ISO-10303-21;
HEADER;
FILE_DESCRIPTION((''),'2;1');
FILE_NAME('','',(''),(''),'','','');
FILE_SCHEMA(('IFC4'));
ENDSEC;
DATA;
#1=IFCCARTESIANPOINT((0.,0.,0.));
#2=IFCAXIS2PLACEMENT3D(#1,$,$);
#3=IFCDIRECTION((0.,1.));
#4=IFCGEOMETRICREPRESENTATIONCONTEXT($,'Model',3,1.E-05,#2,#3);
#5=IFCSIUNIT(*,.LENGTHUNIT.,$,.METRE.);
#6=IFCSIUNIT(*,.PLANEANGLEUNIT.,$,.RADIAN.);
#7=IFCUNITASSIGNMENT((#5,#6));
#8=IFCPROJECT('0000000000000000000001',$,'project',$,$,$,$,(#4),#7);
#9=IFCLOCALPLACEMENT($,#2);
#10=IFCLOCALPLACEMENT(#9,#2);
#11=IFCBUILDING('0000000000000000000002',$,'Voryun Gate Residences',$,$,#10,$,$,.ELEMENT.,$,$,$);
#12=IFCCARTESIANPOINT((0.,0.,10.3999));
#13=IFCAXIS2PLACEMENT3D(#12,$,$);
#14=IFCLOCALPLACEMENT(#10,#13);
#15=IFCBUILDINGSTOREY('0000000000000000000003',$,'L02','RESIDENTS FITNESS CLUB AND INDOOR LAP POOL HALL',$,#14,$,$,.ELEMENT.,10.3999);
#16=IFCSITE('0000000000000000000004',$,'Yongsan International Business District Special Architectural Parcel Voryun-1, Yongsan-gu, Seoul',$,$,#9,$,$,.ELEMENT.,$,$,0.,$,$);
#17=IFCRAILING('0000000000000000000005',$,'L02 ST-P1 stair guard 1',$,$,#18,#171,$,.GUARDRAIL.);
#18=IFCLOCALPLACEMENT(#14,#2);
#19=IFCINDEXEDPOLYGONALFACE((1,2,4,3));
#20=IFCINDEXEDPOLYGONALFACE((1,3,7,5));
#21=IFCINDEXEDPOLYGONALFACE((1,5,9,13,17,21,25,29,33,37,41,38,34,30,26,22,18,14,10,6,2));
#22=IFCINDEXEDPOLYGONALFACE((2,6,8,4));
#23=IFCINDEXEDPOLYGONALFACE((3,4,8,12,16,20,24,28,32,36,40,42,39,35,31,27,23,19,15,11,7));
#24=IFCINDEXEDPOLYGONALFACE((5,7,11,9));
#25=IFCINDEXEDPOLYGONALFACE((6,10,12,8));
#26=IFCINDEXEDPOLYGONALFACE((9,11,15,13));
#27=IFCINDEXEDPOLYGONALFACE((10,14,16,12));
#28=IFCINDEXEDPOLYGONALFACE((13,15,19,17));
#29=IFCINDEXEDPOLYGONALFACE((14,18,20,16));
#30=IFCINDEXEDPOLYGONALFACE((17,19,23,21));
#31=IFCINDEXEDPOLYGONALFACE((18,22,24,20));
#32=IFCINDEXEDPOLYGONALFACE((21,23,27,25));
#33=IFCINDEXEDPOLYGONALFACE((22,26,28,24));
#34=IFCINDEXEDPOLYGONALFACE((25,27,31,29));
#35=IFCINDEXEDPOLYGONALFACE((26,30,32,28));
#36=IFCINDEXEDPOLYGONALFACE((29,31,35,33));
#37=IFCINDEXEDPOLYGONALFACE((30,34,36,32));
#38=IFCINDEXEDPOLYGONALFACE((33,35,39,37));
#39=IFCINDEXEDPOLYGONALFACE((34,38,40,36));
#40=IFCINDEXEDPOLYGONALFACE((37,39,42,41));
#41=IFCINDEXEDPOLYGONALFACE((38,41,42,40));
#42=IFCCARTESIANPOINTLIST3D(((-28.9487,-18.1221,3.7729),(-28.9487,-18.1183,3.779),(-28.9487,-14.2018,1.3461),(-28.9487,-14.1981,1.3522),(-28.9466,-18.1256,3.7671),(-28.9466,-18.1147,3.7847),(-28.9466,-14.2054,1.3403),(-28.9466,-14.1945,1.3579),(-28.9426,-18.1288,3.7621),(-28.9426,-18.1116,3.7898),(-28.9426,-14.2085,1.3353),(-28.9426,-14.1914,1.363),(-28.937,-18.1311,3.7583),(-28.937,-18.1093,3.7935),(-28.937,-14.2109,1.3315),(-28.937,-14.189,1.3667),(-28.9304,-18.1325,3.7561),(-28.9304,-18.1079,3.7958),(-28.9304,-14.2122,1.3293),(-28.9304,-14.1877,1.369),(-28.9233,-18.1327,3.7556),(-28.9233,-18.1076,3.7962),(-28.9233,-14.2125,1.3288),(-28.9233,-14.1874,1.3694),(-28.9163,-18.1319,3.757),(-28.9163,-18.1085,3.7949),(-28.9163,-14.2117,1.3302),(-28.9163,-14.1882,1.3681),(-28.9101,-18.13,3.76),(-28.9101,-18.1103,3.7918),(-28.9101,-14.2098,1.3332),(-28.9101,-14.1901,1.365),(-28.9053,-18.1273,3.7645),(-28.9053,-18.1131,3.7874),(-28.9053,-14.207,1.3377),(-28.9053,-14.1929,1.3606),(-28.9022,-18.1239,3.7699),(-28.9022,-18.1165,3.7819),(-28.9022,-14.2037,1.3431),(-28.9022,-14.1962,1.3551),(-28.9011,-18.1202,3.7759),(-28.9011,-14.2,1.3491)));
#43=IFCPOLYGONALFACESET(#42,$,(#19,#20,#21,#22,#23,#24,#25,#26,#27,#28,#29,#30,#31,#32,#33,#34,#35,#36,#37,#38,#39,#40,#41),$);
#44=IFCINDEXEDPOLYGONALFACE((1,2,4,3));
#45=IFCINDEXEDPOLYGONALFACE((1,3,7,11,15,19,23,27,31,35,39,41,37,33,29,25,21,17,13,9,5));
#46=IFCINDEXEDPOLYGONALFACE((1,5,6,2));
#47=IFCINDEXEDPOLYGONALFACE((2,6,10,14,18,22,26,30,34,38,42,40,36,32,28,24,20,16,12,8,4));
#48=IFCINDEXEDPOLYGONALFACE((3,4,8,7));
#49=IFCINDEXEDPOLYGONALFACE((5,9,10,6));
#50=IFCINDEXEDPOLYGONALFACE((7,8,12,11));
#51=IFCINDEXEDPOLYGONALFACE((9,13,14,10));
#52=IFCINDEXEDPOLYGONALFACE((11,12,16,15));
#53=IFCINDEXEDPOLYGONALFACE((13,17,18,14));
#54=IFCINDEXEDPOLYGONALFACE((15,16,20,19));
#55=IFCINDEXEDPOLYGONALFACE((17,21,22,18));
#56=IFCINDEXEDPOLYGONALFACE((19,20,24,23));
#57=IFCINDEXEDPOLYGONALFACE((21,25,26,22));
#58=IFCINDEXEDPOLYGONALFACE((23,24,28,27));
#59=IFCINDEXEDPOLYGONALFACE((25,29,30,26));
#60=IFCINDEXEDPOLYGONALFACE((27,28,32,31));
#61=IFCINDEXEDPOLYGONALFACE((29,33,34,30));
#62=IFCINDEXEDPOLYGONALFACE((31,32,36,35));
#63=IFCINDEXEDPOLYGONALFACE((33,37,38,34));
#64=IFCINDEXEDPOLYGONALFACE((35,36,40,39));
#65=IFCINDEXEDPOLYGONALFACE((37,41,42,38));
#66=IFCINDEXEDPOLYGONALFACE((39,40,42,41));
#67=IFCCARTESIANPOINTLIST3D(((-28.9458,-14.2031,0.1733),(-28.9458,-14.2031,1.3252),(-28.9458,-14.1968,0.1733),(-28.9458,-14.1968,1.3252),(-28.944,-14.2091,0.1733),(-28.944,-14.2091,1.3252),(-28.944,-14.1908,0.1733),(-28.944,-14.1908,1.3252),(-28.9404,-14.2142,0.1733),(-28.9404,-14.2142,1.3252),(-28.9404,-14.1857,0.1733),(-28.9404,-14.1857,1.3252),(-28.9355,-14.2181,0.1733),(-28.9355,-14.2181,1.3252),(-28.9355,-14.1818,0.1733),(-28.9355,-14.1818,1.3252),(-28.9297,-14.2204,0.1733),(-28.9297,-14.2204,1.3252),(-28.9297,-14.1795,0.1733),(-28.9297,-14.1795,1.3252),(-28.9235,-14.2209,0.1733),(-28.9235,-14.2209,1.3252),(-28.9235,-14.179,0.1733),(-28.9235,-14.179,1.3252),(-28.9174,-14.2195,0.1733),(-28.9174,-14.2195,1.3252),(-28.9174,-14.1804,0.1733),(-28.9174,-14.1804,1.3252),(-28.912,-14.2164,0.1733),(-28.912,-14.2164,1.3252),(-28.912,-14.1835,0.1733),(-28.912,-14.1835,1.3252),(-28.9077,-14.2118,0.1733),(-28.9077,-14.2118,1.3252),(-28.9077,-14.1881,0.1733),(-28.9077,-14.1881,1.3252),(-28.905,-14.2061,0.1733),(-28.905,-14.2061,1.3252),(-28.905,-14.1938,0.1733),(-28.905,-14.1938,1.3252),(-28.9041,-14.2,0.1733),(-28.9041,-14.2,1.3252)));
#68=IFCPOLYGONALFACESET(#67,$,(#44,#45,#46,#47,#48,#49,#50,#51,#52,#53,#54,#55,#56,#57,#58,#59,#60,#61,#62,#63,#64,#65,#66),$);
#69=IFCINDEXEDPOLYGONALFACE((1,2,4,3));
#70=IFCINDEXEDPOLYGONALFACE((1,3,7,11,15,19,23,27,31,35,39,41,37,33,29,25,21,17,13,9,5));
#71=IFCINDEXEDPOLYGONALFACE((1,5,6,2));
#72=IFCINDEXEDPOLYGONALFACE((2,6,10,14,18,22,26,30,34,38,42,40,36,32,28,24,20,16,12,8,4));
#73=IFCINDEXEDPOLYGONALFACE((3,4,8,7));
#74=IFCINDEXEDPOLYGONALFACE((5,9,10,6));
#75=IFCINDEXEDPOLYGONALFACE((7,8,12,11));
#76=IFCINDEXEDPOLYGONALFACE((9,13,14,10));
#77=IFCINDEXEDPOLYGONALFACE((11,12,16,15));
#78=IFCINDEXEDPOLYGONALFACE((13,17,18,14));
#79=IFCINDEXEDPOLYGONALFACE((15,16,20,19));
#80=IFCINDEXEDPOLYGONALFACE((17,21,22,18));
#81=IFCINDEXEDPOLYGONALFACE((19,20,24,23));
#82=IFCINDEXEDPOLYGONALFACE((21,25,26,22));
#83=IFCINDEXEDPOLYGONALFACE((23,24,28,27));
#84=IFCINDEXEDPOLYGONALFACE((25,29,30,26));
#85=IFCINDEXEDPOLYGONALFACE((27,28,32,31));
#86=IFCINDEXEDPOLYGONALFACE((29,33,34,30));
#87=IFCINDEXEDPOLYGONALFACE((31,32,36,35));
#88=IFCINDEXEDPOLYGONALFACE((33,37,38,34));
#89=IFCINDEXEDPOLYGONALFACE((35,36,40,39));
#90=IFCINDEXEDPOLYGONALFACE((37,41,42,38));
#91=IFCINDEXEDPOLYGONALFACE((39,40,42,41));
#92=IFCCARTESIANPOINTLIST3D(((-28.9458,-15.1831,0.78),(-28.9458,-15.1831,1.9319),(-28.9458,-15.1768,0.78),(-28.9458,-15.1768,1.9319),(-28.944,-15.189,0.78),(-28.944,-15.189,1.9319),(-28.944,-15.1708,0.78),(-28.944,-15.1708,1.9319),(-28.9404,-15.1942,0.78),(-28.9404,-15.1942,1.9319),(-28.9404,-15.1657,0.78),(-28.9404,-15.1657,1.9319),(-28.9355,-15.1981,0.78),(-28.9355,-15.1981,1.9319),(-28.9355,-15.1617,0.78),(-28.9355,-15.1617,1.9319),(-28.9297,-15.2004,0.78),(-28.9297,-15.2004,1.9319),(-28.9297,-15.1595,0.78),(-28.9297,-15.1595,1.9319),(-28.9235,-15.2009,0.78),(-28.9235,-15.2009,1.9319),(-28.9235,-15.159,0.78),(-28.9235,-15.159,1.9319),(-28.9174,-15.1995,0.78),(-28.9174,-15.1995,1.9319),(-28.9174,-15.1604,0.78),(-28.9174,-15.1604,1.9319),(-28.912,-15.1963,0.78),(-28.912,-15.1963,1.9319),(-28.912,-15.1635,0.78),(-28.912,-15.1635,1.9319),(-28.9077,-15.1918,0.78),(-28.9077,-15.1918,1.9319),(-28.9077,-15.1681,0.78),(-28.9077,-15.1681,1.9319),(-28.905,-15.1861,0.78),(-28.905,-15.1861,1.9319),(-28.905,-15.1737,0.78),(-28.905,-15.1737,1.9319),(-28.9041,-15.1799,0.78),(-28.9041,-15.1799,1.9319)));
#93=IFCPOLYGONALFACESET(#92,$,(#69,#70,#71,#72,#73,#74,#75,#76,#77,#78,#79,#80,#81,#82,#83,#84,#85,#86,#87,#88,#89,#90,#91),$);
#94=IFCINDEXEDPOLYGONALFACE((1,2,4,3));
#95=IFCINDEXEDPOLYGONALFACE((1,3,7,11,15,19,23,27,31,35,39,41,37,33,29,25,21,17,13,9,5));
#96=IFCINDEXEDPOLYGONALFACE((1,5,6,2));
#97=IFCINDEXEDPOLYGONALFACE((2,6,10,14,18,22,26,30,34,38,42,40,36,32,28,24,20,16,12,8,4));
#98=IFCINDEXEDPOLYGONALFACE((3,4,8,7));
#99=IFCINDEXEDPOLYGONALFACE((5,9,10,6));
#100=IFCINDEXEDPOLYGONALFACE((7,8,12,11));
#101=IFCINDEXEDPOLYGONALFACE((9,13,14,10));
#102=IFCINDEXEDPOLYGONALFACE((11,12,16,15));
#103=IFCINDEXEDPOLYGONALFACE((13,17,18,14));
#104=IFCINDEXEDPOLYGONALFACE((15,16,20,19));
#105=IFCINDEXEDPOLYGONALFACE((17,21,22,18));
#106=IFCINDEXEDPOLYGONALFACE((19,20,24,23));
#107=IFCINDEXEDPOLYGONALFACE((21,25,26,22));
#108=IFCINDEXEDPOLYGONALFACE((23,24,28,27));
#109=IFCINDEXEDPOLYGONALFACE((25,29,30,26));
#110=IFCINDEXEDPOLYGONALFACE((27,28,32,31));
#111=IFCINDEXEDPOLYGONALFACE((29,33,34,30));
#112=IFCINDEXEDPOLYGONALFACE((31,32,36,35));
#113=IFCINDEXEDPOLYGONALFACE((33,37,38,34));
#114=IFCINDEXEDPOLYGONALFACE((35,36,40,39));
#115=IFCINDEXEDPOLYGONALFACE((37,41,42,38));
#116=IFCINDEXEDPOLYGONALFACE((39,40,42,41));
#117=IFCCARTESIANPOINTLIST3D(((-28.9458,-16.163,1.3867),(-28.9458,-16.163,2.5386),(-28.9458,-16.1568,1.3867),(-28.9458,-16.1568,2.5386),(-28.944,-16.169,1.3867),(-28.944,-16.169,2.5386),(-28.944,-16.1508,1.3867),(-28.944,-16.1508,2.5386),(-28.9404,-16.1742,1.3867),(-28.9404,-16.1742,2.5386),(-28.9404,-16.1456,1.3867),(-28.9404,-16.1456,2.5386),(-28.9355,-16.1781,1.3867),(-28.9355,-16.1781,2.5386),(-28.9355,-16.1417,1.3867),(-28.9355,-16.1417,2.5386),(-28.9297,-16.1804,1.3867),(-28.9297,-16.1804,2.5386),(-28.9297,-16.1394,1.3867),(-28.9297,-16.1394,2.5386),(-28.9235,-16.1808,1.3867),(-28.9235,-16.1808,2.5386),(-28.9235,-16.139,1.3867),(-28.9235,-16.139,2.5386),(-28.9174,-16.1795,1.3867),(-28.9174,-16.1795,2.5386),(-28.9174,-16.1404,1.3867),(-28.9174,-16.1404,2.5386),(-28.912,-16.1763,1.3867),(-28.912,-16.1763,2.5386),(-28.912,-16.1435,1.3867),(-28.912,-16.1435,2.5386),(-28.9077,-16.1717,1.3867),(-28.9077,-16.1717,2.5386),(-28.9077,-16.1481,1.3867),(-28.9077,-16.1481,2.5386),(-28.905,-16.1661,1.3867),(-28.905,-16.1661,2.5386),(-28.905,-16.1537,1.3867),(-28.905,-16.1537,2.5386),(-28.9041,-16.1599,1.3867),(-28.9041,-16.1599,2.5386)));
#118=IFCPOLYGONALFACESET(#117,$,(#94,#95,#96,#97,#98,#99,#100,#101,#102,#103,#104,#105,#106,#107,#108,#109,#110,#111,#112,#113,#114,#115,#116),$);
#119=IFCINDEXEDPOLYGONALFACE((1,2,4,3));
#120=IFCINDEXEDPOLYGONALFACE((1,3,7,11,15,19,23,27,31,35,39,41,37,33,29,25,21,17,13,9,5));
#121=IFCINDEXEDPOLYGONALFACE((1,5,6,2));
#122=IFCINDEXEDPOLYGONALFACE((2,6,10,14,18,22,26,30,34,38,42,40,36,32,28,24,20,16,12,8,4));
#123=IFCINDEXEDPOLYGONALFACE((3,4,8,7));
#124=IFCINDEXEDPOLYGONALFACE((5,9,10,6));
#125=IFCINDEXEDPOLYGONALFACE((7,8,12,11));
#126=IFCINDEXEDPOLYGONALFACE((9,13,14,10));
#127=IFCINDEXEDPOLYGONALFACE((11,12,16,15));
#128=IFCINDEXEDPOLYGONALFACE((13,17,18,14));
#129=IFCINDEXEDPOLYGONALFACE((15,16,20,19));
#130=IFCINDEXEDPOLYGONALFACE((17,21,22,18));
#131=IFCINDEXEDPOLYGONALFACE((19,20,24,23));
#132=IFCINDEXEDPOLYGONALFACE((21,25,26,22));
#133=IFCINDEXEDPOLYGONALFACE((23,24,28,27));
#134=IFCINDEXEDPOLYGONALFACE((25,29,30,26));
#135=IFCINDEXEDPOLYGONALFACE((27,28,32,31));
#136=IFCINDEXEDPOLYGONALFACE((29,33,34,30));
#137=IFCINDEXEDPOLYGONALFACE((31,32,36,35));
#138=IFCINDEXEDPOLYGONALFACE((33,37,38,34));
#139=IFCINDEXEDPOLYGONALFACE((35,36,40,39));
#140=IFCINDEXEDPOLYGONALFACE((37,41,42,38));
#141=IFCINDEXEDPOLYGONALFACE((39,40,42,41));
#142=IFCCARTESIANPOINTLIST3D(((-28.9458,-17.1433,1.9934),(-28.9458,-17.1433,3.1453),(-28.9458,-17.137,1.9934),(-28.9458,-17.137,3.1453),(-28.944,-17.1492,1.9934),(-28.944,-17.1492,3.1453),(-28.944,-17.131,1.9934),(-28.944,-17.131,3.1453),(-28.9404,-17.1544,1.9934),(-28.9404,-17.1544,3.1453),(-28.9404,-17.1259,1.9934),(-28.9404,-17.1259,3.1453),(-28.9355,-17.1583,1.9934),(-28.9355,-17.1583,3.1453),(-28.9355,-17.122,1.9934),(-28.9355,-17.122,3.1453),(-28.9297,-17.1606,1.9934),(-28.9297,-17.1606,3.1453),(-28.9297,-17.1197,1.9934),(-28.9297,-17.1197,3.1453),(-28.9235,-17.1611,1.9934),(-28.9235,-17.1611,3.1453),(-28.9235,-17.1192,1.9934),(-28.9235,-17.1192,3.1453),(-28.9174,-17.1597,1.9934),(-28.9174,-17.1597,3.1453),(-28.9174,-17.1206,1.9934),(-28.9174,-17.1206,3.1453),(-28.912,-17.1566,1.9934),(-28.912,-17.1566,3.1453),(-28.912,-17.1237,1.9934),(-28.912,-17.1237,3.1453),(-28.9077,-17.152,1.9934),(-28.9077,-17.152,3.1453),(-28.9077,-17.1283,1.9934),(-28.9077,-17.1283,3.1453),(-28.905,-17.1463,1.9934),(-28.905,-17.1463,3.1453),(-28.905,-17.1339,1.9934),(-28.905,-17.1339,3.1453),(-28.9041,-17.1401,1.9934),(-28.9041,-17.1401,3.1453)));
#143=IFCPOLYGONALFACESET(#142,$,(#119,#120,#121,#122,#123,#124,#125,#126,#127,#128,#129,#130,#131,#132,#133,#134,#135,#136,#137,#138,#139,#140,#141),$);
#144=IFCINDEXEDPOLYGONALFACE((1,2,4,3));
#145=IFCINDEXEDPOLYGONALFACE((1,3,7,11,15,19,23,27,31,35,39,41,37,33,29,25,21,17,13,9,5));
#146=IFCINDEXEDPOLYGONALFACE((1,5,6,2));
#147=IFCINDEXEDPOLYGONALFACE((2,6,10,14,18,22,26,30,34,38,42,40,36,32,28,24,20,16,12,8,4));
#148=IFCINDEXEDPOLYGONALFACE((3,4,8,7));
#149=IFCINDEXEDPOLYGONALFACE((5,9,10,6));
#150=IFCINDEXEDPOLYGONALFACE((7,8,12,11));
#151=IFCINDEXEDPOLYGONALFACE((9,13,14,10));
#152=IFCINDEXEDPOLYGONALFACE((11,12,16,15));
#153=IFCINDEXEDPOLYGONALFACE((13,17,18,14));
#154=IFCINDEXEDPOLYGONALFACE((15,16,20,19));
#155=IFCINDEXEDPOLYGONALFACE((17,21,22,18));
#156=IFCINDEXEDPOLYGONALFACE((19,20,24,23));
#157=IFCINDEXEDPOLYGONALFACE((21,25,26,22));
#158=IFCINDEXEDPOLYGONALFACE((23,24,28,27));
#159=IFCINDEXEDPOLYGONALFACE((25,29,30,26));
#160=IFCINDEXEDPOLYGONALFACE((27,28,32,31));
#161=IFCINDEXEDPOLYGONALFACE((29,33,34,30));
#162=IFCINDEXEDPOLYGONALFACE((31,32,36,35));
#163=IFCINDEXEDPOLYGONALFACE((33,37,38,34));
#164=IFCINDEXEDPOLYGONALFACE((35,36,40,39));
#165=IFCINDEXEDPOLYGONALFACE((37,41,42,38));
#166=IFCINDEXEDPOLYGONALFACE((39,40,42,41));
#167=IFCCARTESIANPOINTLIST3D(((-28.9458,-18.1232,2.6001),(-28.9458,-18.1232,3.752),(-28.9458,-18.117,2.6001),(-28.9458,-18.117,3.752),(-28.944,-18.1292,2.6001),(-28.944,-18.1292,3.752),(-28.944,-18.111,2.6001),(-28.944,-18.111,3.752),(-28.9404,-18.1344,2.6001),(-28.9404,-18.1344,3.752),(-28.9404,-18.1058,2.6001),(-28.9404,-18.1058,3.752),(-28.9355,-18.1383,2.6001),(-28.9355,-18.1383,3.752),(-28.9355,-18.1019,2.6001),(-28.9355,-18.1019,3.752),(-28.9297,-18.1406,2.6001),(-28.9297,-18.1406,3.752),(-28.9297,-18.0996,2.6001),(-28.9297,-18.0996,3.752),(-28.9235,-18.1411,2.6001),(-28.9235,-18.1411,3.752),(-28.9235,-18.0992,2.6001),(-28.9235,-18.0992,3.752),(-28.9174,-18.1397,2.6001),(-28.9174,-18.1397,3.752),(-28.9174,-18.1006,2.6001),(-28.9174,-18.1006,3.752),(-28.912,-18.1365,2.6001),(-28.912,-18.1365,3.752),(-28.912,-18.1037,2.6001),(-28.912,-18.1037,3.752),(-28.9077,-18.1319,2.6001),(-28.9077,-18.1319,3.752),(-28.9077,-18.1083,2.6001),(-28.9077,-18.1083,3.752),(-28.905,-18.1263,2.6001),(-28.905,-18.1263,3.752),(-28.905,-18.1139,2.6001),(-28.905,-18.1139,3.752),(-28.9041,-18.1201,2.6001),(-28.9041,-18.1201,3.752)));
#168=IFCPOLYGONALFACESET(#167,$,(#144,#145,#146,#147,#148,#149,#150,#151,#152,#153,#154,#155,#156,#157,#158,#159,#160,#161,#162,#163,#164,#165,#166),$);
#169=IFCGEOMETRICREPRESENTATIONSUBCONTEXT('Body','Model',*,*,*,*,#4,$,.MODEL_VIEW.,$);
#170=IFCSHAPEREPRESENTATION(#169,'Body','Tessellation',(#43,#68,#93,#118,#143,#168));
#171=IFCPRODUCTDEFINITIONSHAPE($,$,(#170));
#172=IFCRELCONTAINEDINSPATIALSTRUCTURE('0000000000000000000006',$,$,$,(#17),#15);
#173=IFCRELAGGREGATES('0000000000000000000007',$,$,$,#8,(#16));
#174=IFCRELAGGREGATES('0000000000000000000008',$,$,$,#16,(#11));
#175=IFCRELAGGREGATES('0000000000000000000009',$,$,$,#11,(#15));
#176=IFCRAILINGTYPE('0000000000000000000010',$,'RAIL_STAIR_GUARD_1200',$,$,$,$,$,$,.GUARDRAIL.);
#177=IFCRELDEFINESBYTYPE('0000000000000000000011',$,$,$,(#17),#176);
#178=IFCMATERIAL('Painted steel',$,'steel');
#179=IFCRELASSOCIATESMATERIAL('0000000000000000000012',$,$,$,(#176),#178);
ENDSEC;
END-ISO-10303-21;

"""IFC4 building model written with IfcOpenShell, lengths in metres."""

from ifc_helpers import new_model, si_unit, direction, frame, origin, origin_2d, place, context, subcontext, project, spatial, circle, extrude, material, type_object, element, save


model = new_model("IFC4")

# Units and contexts
model_context = context("Model", 3, precision=1e-05, world=origin(), true_north=direction((0.0, 1.0)))
body_context = subcontext(model_context, "Body", "Model", "MODEL_VIEW")
ifc_project = project(units=[si_unit("LENGTHUNIT", "METRE"), si_unit("PLANEANGLEUNIT", "RADIAN")], contexts=[model_context])

# Site, building, storey
site_placement = place(None, origin())
site = spatial("IfcSite", under=ifc_project, at=site_placement, Name="Yongsan International Business District Special Architectural Parcel Voryun-1, Yongsan-gu, Seoul", CompositionType="ELEMENT", RefElevation=0.0)
building_placement = place(site_placement, origin())
building = spatial("IfcBuilding", under=site, at=building_placement, Name="Voryun Gate Residences", CompositionType="ELEMENT")
storey_placement = place(building_placement, frame((0.0, 0.0, 10.3999)))
storey = spatial("IfcBuildingStorey", under=building, at=storey_placement, Name="L02", Description="RESIDENTS FITNESS CLUB AND INDOOR LAP POOL HALL", CompositionType="ELEMENT", Elevation=10.3999)

# Railing
ifc_material_1 = material(Name="Painted steel", Category="steel")
railing_type = type_object("IfcRailingType", Name="RAIL_STAIR_GUARD_1200", PredefinedType="GUARDRAIL", material=ifc_material_1)
railing_1_placement = place(storey_placement, frame((-28.925, -14.2, 0.1733)))
element("IfcRailing", 1, at=railing_1_placement, inside=storey, type_object=railing_type, Name="L02 ST-P1 stair guard 1", PredefinedType="GUARDRAIL", context=body_context, shape_type="SweptSolid", body=[
    extrude(circle(Radius=0.0239, at=origin_2d()), frame((0.0, 0.0, 1.1758), z_axis=(0.0, -0.850266, 0.526353), x_axis=(1.0, 0.0, 0.0)), (0.0, 0.0, 1.0), 4.6106),
    extrude(circle(Radius=0.021, at=origin_2d()), origin(), (0.0, 0.0, 1.0), 1.1519),
    extrude(circle(Radius=0.021, at=origin_2d()), frame((0.0, -0.98, 0.6067)), (0.0, 0.0, 1.0), 1.1519),
    extrude(circle(Radius=0.021, at=origin_2d()), frame((0.0, -1.96, 1.2134)), (0.0, 0.0, 1.0), 1.1519),
    extrude(circle(Radius=0.021, at=origin_2d()), frame((0.0, -2.9402, 1.8201)), (0.0, 0.0, 1.0), 1.1519),
    extrude(circle(Radius=0.021, at=origin_2d()), frame((0.0, -3.9202, 2.4268)), (0.0, 0.0, 1.0), 1.1519),
])

save(model, "model.ifc")
